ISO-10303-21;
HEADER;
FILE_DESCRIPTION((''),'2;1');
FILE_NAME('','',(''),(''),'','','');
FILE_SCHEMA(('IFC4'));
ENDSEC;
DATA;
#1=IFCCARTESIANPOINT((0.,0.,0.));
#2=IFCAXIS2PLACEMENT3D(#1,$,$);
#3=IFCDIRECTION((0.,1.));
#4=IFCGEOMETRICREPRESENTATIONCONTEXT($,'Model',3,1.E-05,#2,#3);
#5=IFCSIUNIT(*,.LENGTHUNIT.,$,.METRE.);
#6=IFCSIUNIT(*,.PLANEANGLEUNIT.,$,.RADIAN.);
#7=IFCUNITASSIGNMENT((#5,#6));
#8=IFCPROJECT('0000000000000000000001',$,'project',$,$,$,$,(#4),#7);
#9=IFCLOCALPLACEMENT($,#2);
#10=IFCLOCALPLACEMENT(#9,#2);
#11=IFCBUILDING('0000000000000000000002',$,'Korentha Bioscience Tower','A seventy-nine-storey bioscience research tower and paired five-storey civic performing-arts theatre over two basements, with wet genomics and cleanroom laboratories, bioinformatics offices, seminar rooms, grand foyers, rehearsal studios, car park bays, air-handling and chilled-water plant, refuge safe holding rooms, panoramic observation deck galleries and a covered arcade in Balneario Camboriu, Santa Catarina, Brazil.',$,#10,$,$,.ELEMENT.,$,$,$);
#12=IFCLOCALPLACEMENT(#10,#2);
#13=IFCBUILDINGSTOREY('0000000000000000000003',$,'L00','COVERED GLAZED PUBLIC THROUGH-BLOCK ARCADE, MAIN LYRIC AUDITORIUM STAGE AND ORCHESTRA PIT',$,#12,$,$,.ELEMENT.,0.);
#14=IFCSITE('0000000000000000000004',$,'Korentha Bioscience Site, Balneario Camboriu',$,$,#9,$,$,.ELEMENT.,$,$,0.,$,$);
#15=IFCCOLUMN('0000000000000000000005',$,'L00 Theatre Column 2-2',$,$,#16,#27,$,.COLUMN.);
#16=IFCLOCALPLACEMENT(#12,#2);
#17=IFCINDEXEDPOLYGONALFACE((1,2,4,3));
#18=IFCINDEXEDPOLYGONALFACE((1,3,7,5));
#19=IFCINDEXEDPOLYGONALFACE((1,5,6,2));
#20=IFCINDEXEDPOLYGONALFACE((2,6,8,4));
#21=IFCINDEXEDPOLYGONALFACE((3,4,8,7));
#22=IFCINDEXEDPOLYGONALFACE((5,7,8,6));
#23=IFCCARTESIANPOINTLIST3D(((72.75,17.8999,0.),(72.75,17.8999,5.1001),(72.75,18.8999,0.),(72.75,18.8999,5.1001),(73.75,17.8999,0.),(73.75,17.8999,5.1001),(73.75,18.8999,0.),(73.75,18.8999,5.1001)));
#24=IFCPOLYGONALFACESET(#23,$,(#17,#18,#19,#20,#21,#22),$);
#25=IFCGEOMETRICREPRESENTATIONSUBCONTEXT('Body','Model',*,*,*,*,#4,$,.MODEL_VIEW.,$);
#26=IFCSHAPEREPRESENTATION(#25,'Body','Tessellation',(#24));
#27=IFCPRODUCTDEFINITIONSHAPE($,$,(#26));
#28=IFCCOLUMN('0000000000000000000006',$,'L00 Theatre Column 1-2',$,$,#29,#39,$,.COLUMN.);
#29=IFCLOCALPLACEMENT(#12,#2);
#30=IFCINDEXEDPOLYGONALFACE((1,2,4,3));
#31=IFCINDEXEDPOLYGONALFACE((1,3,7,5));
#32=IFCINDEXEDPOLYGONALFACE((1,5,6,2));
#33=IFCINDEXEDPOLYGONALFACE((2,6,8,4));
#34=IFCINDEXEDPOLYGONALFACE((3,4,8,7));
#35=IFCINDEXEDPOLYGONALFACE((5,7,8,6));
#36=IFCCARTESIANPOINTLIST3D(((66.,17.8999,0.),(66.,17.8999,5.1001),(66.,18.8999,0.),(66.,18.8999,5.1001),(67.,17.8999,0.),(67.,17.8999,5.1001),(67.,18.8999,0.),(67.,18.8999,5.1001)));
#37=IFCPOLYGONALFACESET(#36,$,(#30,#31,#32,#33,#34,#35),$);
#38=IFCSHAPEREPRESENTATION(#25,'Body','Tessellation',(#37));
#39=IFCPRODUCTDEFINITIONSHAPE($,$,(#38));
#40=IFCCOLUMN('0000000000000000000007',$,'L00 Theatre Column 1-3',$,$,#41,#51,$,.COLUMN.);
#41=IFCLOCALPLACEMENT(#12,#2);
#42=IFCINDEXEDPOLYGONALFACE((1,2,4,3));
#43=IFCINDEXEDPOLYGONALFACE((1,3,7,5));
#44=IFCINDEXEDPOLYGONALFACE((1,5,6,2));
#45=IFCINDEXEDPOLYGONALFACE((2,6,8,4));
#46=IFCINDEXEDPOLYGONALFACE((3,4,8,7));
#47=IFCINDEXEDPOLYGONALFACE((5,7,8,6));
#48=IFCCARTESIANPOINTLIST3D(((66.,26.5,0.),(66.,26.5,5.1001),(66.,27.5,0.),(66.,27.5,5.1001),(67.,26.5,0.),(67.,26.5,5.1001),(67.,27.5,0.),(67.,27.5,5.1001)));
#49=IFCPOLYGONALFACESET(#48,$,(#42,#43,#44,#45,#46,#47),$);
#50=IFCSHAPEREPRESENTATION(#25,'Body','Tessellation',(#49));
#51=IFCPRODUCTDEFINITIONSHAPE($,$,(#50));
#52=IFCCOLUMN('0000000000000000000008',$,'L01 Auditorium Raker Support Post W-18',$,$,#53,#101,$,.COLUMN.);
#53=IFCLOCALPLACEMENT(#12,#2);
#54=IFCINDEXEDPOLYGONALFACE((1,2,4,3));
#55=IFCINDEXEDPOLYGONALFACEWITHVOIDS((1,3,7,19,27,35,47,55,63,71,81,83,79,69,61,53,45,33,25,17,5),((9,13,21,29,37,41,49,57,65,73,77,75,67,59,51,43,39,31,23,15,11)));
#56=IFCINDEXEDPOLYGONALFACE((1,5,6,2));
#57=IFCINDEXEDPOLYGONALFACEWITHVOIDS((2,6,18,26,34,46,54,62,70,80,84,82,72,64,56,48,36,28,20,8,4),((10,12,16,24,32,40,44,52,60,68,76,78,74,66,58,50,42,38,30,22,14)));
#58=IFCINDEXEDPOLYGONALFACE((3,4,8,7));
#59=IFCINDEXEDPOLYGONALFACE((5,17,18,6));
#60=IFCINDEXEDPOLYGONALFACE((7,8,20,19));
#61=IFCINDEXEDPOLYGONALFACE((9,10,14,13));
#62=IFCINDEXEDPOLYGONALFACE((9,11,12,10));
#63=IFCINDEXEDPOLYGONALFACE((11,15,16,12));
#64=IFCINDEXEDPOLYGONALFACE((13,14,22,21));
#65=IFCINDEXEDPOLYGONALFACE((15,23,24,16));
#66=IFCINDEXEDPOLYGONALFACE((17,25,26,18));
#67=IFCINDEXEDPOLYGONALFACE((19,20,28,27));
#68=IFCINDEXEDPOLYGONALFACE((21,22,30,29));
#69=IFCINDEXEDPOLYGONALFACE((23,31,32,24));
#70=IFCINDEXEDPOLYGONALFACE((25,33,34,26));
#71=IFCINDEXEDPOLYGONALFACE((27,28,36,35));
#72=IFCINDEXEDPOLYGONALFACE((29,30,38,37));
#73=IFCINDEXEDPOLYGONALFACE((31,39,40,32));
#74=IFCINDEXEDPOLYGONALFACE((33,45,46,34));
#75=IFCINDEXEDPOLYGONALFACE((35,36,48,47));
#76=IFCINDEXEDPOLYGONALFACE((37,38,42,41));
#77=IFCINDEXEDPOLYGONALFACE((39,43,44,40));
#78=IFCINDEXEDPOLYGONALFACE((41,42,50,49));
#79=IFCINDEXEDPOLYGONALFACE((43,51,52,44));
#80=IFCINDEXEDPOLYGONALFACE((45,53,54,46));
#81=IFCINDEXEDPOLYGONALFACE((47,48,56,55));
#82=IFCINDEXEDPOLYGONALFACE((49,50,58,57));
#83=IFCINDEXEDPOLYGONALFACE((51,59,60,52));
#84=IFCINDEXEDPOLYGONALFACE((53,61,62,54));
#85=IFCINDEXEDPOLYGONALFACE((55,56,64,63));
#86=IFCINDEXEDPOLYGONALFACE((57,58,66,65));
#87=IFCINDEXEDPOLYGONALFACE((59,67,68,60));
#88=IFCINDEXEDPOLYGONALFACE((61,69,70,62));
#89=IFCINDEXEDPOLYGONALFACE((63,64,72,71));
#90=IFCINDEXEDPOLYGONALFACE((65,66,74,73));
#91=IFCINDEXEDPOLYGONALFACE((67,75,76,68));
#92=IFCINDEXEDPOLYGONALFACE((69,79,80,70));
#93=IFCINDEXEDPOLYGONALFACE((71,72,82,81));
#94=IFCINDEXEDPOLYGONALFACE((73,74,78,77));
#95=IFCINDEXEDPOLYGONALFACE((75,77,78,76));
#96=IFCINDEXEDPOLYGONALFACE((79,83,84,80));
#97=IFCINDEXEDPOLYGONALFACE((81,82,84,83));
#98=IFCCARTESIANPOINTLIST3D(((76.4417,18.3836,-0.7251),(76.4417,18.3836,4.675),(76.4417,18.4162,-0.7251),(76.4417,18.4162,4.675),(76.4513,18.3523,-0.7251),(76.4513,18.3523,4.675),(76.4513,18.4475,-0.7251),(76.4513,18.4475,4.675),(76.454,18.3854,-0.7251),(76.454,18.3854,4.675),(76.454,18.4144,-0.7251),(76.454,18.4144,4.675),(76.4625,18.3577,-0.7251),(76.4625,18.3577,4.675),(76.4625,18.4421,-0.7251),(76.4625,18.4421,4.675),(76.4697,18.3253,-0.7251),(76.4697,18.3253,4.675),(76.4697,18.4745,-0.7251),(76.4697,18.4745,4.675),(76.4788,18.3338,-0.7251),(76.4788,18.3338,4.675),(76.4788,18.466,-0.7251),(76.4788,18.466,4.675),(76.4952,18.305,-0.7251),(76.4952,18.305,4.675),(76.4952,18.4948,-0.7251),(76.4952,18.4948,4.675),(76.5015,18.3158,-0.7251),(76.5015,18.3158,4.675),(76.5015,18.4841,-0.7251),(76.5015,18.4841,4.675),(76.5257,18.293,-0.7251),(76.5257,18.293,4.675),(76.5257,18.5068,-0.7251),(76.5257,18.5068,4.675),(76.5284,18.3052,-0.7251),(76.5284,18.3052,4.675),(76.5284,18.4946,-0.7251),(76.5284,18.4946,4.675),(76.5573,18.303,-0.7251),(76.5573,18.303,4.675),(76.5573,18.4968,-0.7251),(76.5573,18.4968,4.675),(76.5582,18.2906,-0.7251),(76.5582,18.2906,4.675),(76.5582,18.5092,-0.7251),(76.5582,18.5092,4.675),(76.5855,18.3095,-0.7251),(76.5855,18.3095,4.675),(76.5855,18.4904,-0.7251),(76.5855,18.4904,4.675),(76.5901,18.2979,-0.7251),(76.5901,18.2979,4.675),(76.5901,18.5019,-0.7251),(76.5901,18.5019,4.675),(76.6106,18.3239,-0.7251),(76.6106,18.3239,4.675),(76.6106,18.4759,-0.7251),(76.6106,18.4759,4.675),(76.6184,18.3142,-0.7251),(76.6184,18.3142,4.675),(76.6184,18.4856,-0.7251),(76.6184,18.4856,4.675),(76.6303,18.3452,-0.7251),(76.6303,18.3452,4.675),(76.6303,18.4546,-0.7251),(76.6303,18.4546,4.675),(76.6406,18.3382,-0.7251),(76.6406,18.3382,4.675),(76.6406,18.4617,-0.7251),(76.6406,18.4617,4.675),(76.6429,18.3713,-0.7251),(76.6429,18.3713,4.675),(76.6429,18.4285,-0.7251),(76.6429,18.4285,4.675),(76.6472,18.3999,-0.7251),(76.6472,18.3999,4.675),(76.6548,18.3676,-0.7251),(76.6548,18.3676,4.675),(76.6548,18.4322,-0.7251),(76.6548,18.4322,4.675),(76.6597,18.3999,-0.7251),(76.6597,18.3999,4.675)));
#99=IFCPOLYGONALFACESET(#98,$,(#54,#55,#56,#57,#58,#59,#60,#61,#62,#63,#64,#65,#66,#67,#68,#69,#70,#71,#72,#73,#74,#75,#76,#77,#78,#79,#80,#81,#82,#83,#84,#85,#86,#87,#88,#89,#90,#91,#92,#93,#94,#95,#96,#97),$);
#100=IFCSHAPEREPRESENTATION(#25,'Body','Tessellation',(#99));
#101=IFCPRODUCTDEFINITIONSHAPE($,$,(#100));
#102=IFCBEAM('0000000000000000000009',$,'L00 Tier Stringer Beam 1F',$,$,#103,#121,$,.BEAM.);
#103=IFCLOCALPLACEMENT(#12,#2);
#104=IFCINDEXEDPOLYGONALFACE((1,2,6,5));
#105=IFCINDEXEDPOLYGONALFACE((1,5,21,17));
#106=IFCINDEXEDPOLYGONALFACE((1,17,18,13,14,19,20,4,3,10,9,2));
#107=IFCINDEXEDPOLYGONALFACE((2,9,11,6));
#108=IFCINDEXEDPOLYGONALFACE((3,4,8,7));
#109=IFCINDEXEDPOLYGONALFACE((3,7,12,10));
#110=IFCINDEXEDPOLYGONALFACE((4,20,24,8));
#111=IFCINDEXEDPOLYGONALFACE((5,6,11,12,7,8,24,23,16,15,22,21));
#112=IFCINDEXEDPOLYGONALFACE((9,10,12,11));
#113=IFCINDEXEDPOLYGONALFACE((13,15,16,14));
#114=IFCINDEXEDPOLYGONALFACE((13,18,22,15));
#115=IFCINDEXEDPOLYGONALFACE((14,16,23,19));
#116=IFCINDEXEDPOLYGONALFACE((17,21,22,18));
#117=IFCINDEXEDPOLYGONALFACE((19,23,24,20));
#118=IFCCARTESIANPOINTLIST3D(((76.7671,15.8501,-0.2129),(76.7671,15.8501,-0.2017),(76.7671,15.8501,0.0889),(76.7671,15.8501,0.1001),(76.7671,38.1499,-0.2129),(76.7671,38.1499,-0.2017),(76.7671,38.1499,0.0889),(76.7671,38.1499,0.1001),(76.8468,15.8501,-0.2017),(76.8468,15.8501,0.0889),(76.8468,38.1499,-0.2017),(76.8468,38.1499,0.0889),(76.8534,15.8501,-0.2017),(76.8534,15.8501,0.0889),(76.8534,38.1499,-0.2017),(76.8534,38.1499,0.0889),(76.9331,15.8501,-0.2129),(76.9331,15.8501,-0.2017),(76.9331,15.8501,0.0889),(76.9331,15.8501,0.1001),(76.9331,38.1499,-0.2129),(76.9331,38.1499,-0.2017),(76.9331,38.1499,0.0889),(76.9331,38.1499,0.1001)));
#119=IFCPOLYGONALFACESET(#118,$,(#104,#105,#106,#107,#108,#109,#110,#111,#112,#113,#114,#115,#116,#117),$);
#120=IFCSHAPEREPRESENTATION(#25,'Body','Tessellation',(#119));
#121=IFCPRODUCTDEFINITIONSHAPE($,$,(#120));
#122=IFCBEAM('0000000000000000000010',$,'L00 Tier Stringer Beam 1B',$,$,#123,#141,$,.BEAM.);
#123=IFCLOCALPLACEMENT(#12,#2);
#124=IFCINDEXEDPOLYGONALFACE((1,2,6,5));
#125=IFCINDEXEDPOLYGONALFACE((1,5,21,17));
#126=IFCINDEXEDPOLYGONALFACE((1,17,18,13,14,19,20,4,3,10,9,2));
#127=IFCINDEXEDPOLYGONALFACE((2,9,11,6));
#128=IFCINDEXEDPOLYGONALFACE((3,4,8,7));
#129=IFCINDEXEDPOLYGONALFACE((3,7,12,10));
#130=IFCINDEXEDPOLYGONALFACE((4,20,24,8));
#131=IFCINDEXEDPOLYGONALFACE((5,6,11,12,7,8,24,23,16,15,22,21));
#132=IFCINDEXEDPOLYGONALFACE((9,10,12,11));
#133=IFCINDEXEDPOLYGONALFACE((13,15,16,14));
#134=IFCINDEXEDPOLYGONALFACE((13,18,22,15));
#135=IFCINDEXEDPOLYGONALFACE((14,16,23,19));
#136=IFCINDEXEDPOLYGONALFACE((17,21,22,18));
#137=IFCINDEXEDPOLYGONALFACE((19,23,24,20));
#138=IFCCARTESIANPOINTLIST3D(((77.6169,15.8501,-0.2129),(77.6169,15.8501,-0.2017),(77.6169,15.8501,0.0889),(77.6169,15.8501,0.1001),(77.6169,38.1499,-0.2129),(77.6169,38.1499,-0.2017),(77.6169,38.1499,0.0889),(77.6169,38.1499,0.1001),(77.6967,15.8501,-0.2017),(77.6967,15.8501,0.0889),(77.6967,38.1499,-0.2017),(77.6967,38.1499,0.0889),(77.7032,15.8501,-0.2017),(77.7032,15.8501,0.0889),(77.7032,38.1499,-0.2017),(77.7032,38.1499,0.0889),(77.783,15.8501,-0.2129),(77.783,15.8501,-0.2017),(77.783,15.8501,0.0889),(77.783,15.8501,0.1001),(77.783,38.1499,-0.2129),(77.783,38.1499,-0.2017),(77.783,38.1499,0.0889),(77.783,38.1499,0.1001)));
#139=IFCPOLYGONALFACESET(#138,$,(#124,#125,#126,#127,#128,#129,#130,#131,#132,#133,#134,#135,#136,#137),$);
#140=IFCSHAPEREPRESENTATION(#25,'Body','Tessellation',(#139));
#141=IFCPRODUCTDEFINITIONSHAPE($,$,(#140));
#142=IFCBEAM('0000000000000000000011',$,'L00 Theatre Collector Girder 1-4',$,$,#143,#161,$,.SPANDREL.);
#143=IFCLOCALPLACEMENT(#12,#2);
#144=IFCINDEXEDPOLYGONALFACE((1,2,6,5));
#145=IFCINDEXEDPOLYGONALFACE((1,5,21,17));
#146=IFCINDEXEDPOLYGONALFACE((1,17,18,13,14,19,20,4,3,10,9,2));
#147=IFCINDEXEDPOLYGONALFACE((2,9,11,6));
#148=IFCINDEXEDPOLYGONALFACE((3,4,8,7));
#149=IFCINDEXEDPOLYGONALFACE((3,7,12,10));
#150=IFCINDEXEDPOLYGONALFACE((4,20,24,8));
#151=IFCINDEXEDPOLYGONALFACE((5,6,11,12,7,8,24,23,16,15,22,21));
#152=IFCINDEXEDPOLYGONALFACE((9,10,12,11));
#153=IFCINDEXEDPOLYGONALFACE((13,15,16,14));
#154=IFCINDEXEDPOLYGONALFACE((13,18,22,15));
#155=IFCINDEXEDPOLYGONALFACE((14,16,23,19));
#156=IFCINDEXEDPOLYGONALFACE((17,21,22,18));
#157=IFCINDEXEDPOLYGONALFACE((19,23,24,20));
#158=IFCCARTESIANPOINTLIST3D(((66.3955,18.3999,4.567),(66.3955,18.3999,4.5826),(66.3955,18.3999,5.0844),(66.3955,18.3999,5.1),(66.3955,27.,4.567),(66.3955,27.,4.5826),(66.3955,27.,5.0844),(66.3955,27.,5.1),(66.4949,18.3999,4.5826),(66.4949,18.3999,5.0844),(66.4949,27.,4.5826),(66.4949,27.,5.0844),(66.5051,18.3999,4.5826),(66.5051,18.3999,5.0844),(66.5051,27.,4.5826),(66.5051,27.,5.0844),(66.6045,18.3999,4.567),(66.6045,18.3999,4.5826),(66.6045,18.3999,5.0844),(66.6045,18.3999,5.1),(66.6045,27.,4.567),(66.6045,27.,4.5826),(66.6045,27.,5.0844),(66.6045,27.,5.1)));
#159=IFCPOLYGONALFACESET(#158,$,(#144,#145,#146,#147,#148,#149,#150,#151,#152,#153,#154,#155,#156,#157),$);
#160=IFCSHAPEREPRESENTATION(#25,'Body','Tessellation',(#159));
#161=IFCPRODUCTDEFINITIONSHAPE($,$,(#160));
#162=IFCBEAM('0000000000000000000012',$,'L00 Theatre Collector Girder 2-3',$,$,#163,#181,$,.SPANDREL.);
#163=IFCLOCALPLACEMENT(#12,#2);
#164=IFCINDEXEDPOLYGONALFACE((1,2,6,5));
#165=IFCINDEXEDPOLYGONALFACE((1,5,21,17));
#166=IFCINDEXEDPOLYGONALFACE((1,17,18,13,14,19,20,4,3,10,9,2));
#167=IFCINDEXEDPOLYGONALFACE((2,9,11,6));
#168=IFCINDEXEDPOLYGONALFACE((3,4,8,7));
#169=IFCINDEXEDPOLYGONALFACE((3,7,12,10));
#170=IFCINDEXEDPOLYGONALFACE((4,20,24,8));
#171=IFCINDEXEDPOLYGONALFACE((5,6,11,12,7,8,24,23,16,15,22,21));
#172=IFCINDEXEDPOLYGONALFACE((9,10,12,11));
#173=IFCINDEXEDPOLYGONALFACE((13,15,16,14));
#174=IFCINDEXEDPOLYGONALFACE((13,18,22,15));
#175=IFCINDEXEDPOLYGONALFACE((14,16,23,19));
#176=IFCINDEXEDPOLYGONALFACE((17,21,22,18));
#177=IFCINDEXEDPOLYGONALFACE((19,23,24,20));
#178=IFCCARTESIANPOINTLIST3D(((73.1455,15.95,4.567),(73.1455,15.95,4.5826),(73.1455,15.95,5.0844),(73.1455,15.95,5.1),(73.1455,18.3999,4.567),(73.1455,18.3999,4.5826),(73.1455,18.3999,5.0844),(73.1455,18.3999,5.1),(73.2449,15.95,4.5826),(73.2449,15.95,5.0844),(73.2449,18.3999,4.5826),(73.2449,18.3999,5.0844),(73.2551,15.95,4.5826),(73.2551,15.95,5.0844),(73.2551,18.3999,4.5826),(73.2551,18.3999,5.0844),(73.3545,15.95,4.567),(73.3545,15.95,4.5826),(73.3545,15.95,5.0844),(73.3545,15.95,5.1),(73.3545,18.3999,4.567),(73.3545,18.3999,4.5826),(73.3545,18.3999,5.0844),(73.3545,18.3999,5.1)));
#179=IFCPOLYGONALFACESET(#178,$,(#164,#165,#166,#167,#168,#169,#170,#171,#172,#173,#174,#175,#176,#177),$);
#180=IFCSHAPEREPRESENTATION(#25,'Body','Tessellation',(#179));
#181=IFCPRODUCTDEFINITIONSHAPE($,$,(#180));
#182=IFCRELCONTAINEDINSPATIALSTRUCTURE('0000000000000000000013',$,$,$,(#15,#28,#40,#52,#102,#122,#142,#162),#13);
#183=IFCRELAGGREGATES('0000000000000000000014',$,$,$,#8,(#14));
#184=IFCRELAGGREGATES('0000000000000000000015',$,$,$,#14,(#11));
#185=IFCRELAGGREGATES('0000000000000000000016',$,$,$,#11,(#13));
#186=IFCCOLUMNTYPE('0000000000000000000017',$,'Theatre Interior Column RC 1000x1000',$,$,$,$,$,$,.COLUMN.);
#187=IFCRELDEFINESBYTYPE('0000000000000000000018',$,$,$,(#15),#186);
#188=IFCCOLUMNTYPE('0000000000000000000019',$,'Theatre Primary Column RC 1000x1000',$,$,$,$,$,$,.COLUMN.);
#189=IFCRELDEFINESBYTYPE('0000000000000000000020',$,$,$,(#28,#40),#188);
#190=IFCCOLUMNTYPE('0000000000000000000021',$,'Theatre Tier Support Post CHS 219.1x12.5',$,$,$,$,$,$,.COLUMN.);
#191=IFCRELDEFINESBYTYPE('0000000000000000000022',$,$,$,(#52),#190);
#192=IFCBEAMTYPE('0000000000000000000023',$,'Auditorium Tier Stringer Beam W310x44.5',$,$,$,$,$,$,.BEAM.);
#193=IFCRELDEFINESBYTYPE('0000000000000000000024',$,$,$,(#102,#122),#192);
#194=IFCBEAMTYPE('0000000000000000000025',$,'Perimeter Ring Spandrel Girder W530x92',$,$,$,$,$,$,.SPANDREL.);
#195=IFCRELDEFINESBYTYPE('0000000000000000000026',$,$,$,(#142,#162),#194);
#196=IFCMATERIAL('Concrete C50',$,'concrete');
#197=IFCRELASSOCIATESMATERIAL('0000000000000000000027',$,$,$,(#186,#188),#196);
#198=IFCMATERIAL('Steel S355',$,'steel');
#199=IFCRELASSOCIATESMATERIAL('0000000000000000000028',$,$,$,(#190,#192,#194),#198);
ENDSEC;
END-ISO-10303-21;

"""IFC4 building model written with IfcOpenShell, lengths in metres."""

from ifc_helpers import new_model, si_unit, direction, frame, origin, origin_2d, place, context, subcontext, project, spatial, rectangle, hollow_circle, i_section, extrude, material, material_profile, profile_set, type_object, element, save


model = new_model("IFC4")

# Units and contexts
model_context = context("Model", 3, precision=1e-05, world=origin(), true_north=direction((0.0, 1.0)))
body_context = subcontext(model_context, "Body", "Model", "MODEL_VIEW")
ifc_project = project(units=[si_unit("LENGTHUNIT", "METRE"), si_unit("PLANEANGLEUNIT", "RADIAN")], contexts=[model_context])

# Site, building, storey
site_placement = place(None, origin())
site = spatial("IfcSite", under=ifc_project, at=site_placement, Name="Korentha Bioscience Site, Balneario Camboriu", CompositionType="ELEMENT", RefElevation=0.0)
building_placement = place(site_placement, origin())
building = spatial("IfcBuilding", under=site, at=building_placement, Name="Korentha Bioscience Tower", Description="A seventy-nine-storey bioscience research tower and paired five-storey civic performing-arts theatre over two basements, with wet genomics and cleanroom laboratories, bioinformatics offices, seminar rooms, grand foyers, rehearsal studios, car park bays, air-handling and chilled-water plant, refuge safe holding rooms, panoramic observation deck galleries and a covered arcade in Balneario Camboriu, Santa Catarina, Brazil.", CompositionType="ELEMENT")
storey_placement = place(building_placement, origin())
storey = spatial("IfcBuildingStorey", under=building, at=storey_placement, Name="L00", Description="COVERED GLAZED PUBLIC THROUGH-BLOCK ARCADE, MAIN LYRIC AUDITORIUM STAGE AND ORCHESTRA PIT", CompositionType="ELEMENT", Elevation=0.0)

# Columns
ifc_material_1 = material(Name="Concrete C50", Category="concrete")
ifc_material_profile_1 = material_profile(ifc_material_1, rectangle(XDim=1.0, YDim=1.0, at=origin_2d()), Name="Concrete C50")
ifc_profile_set_1 = profile_set([ifc_material_profile_1], Name="Concrete C50 (TC-I01)")
column_type_1 = type_object("IfcColumnType", Name="Theatre Interior Column RC 1000x1000", PredefinedType="COLUMN", material=ifc_profile_set_1)
column_1_placement = place(storey_placement, frame((73.25, 18.3999, 0.0), z_axis=(0.0, 0.0, 1.0), x_axis=(1.0, 0.0, 0.0)))
element("IfcColumn", 1, at=column_1_placement, inside=storey, type_object=column_type_1, Name="L00 Theatre Column 2-2", PredefinedType="COLUMN", context=body_context, shape_type="SweptSolid", body=[
    extrude(rectangle(XDim=1.0, YDim=1.0, at=origin_2d()), origin(), (0.0, 0.0, 1.0), 5.1001),
])
ifc_material_profile_2 = material_profile(ifc_material_1, rectangle(XDim=1.0, YDim=1.0, at=origin_2d()), Name="Concrete C50")
ifc_profile_set_2 = profile_set([ifc_material_profile_2], Name="Concrete C50 (TC-01)")
column_type_2 = type_object("IfcColumnType", Name="Theatre Primary Column RC 1000x1000", PredefinedType="COLUMN", material=ifc_profile_set_2)
for number, where, z_axis, x_axis, name in (
    (2, (66.5, 18.3999, 0.0), (0.0, 0.0, 1.0), (1.0, 0.0, 0.0), "L00 Theatre Column 1-2"),
    (3, (66.5, 27.0, 0.0), (0.0, 0.0, 1.0), (1.0, 0.0, 0.0), "L00 Theatre Column 1-3"),
):
    element("IfcColumn", number, at=place(storey_placement, frame(where, z_axis=z_axis, x_axis=x_axis)), inside=storey, type_object=column_type_2, Name=name, PredefinedType="COLUMN", context=body_context, shape_type="SweptSolid", body=[
        extrude(rectangle(XDim=1.0, YDim=1.0, at=origin_2d()), origin(), (0.0, 0.0, 1.0), 5.1001),
    ])
ifc_material_2 = material(Name="Steel S355", Category="steel")
ifc_material_profile_3 = material_profile(ifc_material_2, hollow_circle(Radius=0.1096, WallThickness=0.0125, at=origin_2d()), Name="Steel S355")
ifc_profile_set_3 = profile_set([ifc_material_profile_3], Name="Steel S355 (TC-P219)")
column_type_3 = type_object("IfcColumnType", Name="Theatre Tier Support Post CHS 219.1x12.5", PredefinedType="COLUMN", material=ifc_profile_set_3)
column_2_placement = place(storey_placement, frame((76.55, 18.3999, -0.7251), z_axis=(0.0, 0.0, 1.0), x_axis=(1.0, 0.0, 0.0)))
element("IfcColumn", 4, at=column_2_placement, inside=storey, type_object=column_type_3, Name="L01 Auditorium Raker Support Post W-18", PredefinedType="COLUMN", context=body_context, shape_type="SweptSolid", body=[
    extrude(hollow_circle(Radius=0.1096, WallThickness=0.0125, at=origin_2d()), origin(), (0.0, 0.0, 1.0), 5.4001),
])

# Beams
ifc_material_profile_4 = material_profile(ifc_material_2, i_section(OverallWidth=0.166, OverallDepth=0.313, WebThickness=0.0066, FlangeThickness=0.0112, at=origin_2d()), Name="Steel S355")
ifc_profile_set_4 = profile_set([ifc_material_profile_4], Name="Steel S355 (TS-310)")
beam_type_1 = type_object("IfcBeamType", Name="Auditorium Tier Stringer Beam W310x44.5", PredefinedType="BEAM", material=ifc_profile_set_4)
for number, where, z_axis, x_axis, name in (
    (5, (76.8501, 15.8501, -0.0564), (0.0, 1.0, 0.0), (-1.0, 0.0, 0.0), "L00 Tier Stringer Beam 1F"),
    (6, (77.7, 15.8501, -0.0564), (0.0, 1.0, 0.0), (-1.0, 0.0, 0.0), "L00 Tier Stringer Beam 1B"),
):
    element("IfcBeam", number, at=place(storey_placement, frame(where, z_axis=z_axis, x_axis=x_axis)), inside=storey, type_object=beam_type_1, Name=name, PredefinedType="BEAM", context=body_context, shape_type="SweptSolid", body=[
        extrude(i_section(OverallWidth=0.166, OverallDepth=0.313, WebThickness=0.0066, FlangeThickness=0.0112, at=origin_2d()), origin(), (0.0, 0.0, 1.0), 22.2998),
    ])
ifc_material_profile_5 = material_profile(ifc_material_2, i_section(OverallWidth=0.209, OverallDepth=0.533, WebThickness=0.0103, FlangeThickness=0.0156, at=origin_2d()), Name="Steel S355")
ifc_profile_set_5 = profile_set([ifc_material_profile_5], Name="Steel S355 (SB-530)")
beam_type_2 = type_object("IfcBeamType", Name="Perimeter Ring Spandrel Girder W530x92", PredefinedType="SPANDREL", material=ifc_profile_set_5)
beam_1_placement = place(storey_placement, frame((66.5, 18.3999, 4.8335), z_axis=(0.0, 1.0, 0.0), x_axis=(-1.0, 0.0, 0.0)))
element("IfcBeam", 7, at=beam_1_placement, inside=storey, type_object=beam_type_2, Name="L00 Theatre Collector Girder 1-4", PredefinedType="SPANDREL", context=body_context, shape_type="SweptSolid", body=[
    extrude(i_section(OverallWidth=0.209, OverallDepth=0.533, WebThickness=0.0103, FlangeThickness=0.0156, at=origin_2d()), origin(), (0.0, 0.0, 1.0), 8.6001),
])
beam_2_placement = place(storey_placement, frame((73.25, 15.95, 4.8335), z_axis=(0.0, 1.0, 0.0), x_axis=(-1.0, 0.0, 0.0)))
element("IfcBeam", 8, at=beam_2_placement, inside=storey, type_object=beam_type_2, Name="L00 Theatre Collector Girder 2-3", PredefinedType="SPANDREL", context=body_context, shape_type="SweptSolid", body=[
    extrude(i_section(OverallWidth=0.209, OverallDepth=0.533, WebThickness=0.0103, FlangeThickness=0.0156, at=origin_2d()), origin(), (0.0, 0.0, 1.0), 2.45),
])

save(model, "model.ifc")
